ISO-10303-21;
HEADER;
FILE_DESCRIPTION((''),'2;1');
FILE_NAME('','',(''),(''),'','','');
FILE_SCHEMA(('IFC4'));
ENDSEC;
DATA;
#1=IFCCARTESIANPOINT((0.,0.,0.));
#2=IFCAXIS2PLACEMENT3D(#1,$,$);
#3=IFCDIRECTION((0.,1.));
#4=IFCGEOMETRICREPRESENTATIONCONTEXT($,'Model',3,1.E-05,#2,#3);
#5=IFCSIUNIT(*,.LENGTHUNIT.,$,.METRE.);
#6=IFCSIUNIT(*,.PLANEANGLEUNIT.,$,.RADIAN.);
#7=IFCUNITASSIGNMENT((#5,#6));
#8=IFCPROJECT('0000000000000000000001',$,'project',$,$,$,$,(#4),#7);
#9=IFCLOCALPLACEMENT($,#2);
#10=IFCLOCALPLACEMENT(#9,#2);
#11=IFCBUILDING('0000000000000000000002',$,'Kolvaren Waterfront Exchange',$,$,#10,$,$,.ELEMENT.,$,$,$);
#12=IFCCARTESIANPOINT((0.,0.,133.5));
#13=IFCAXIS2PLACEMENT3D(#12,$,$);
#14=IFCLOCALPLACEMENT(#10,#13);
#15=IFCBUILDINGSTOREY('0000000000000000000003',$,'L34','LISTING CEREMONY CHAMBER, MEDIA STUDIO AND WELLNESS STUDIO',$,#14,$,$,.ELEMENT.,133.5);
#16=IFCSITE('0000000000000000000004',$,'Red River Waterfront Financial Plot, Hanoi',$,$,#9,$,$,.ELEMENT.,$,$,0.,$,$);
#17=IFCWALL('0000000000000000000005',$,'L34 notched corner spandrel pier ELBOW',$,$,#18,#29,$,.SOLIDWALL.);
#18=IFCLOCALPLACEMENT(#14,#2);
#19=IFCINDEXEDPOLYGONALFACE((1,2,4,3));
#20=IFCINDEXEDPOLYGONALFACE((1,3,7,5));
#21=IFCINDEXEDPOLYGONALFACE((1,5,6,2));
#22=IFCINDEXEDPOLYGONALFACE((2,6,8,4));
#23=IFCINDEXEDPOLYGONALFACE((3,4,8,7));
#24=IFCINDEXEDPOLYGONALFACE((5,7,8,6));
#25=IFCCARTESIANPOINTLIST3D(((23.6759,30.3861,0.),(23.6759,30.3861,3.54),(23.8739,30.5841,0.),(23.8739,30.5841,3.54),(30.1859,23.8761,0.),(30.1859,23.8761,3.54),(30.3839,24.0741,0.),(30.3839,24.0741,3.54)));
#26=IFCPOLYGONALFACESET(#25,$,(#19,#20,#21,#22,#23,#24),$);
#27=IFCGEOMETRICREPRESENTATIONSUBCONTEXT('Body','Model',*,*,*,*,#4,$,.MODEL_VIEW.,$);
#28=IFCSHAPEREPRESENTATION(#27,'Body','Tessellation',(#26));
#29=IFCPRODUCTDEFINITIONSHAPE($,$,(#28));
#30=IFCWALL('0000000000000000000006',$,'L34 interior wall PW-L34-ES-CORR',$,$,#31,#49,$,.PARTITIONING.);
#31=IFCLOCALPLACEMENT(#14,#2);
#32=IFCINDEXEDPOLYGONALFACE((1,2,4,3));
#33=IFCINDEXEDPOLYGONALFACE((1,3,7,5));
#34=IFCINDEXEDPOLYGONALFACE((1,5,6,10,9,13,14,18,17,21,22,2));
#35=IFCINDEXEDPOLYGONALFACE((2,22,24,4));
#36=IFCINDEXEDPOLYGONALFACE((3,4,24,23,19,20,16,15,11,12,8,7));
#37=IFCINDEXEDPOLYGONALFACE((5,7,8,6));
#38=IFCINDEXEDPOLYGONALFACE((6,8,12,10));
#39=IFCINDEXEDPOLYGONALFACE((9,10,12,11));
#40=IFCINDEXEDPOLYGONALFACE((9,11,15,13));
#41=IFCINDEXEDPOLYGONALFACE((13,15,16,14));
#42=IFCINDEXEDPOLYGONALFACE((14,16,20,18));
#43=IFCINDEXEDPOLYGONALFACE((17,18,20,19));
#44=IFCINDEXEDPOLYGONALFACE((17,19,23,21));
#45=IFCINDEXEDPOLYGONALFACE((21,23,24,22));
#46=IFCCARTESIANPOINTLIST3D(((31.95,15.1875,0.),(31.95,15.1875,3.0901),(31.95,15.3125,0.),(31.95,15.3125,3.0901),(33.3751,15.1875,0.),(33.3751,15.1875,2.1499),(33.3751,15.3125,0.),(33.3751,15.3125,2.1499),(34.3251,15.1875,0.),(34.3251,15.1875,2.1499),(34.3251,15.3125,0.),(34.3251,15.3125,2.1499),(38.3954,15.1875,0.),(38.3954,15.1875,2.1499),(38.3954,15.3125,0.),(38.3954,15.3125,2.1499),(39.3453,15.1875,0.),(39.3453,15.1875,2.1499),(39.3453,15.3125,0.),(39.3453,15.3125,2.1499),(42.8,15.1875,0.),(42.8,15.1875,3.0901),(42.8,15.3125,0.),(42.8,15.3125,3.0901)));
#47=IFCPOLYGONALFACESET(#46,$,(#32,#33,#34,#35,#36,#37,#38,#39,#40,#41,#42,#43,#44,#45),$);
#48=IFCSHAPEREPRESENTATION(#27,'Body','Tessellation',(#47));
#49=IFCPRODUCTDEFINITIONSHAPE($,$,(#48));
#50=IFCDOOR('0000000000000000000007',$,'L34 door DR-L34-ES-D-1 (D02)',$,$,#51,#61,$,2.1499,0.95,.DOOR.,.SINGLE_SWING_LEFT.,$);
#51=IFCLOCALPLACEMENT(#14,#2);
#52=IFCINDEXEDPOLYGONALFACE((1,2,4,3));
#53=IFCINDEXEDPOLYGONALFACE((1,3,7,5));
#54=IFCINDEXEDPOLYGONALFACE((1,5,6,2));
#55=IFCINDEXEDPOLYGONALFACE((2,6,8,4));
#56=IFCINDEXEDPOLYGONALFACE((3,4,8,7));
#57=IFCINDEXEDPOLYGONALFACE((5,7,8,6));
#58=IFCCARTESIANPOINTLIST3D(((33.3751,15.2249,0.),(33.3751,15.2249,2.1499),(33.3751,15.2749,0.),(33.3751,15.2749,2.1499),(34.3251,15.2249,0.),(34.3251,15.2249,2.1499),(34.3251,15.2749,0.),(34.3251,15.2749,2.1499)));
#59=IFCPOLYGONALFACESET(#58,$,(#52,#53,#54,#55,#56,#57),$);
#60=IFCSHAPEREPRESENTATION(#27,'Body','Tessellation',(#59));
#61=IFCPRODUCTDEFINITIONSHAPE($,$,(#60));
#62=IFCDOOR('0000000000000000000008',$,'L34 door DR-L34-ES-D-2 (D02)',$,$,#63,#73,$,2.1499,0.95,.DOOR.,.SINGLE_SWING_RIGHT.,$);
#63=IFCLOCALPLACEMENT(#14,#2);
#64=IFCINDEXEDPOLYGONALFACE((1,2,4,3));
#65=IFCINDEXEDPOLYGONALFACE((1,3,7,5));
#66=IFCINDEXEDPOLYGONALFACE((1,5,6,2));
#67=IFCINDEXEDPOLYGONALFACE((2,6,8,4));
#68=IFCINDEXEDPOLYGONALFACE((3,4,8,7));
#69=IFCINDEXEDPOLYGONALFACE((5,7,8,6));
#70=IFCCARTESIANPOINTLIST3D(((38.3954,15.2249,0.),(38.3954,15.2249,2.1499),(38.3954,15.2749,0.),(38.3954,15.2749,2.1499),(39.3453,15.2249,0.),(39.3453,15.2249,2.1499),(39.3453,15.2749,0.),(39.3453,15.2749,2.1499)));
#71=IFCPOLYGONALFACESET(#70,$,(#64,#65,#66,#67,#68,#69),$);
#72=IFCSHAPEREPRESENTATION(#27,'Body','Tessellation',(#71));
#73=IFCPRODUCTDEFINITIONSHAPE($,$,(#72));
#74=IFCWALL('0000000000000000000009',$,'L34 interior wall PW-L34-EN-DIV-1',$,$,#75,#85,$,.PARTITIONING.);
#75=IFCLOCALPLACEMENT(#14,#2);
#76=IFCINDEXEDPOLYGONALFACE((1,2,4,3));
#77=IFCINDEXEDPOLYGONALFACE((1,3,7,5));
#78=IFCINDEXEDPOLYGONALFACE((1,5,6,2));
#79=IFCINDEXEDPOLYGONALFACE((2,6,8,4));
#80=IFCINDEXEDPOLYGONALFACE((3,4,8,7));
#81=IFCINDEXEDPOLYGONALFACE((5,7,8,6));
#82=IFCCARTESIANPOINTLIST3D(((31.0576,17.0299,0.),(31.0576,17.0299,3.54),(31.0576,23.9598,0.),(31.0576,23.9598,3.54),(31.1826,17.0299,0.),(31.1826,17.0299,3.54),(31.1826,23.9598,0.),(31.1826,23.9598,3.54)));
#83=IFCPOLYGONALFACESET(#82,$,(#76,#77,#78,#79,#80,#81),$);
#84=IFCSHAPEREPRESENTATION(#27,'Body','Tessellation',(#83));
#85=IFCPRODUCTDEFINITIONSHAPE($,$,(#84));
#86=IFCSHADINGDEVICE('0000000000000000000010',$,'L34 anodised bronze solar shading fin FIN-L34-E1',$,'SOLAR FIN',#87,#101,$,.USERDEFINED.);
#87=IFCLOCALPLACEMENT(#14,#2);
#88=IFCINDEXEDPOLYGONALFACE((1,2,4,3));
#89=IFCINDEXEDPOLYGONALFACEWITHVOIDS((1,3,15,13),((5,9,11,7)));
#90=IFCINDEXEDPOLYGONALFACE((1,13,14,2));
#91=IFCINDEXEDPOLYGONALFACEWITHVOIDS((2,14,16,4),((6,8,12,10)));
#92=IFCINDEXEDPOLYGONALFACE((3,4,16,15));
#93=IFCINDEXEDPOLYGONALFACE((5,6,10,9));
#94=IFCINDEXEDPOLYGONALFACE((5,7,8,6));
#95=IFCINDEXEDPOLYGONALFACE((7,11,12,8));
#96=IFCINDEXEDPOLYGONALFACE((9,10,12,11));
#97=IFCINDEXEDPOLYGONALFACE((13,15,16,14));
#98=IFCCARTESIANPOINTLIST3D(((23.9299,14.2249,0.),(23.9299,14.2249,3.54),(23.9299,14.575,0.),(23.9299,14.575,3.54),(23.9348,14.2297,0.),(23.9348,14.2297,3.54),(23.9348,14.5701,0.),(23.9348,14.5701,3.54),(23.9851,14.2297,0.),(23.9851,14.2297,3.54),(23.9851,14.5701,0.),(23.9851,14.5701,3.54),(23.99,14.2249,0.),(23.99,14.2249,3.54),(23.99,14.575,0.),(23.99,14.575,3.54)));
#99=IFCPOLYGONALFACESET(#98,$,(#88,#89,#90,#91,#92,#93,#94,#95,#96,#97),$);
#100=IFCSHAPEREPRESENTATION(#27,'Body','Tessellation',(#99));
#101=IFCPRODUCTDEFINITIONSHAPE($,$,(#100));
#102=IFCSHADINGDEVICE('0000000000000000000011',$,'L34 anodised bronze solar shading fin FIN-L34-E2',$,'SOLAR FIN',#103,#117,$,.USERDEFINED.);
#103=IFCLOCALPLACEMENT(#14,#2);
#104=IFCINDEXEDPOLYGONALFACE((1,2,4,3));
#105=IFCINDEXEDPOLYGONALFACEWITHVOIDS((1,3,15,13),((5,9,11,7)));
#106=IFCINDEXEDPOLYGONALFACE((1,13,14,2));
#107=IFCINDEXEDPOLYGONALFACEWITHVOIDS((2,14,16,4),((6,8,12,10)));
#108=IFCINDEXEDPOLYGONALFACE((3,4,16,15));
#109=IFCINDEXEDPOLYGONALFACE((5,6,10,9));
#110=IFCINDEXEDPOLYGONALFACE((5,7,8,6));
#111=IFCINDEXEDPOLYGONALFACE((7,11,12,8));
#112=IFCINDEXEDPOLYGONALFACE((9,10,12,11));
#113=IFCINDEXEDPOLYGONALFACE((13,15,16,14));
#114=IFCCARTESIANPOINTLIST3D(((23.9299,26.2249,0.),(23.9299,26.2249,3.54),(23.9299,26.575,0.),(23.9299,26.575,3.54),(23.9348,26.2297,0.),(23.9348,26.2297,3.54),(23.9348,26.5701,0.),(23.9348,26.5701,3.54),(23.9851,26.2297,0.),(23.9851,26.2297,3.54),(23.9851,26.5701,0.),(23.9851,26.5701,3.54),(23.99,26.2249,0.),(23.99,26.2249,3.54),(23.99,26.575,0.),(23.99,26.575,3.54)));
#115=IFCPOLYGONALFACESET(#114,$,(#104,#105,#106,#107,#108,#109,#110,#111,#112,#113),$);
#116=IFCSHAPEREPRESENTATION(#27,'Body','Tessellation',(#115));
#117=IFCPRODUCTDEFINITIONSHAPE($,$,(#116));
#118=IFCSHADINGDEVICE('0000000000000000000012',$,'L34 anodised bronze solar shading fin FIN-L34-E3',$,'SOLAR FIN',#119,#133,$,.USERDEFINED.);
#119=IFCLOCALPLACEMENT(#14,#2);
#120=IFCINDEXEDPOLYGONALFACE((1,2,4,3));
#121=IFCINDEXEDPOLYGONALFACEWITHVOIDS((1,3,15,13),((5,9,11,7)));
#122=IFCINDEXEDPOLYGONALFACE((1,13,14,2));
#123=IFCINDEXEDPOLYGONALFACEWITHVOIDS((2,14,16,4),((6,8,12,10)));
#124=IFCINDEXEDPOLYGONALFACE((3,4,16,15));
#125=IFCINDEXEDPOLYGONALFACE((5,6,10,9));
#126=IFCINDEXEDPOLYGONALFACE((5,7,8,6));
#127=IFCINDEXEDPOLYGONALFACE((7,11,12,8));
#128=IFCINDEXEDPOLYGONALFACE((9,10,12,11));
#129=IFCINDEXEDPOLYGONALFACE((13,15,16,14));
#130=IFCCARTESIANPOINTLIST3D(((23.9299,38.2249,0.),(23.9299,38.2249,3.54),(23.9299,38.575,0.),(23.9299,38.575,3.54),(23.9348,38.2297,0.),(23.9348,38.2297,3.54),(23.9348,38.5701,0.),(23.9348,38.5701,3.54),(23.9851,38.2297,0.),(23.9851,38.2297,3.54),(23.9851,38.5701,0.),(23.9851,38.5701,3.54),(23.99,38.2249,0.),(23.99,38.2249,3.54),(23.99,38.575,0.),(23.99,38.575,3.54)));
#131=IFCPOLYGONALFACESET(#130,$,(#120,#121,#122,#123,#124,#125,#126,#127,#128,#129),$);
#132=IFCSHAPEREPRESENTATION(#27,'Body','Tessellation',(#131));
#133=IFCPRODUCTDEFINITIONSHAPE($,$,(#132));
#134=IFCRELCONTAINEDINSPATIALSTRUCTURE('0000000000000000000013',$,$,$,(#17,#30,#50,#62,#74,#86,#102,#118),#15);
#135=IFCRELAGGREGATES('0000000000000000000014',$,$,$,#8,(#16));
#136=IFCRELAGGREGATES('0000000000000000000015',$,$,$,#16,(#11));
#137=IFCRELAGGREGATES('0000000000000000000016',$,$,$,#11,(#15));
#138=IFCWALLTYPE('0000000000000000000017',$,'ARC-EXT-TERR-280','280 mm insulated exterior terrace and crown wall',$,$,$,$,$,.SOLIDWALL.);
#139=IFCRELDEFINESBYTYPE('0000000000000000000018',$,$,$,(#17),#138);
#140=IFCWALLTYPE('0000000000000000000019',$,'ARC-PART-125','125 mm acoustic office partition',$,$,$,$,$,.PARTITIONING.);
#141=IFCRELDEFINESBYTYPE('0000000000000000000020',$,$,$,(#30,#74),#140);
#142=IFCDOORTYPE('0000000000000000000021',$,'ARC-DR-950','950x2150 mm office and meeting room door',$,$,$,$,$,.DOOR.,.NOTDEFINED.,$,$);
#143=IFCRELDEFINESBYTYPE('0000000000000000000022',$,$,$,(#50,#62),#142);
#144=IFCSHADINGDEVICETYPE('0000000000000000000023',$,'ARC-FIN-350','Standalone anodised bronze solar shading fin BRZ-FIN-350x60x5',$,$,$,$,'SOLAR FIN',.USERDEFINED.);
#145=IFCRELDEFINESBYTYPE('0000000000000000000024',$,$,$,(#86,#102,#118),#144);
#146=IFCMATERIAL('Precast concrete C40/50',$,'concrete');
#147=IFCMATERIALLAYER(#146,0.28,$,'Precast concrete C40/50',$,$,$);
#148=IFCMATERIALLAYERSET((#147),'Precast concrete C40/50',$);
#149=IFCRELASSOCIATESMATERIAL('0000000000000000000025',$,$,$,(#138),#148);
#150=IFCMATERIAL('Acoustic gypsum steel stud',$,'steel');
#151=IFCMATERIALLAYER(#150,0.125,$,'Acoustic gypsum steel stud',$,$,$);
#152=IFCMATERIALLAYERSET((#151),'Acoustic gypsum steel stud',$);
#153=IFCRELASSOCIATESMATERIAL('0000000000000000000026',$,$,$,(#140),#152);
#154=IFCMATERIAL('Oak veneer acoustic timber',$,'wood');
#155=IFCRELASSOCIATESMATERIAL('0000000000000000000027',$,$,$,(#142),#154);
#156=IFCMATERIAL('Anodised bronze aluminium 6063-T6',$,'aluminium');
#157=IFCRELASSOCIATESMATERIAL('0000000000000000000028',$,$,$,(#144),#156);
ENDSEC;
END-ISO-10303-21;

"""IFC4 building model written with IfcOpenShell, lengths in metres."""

from ifc_helpers import new_model, si_unit, direction, frame, frame_2d, origin, origin_2d, place, context, subcontext, project, spatial, rectangle, hollow_rectangle, extrude, material, layer, layer_set, material_profile, profile_set, type_object, element, fill, save


model = new_model("IFC4")

# Units and contexts
model_context = context("Model", 3, precision=1e-05, world=origin(), true_north=direction((0.0, 1.0)))
body_context = subcontext(model_context, "Body", "Model", "MODEL_VIEW")
ifc_project = project(units=[si_unit("LENGTHUNIT", "METRE"), si_unit("PLANEANGLEUNIT", "RADIAN")], contexts=[model_context])

# Site, building, storey
site_placement = place(None, origin())
site = spatial("IfcSite", under=ifc_project, at=site_placement, Name="Red River Waterfront Financial Plot, Hanoi", CompositionType="ELEMENT", RefElevation=0.0)
building_placement = place(site_placement, origin())
building = spatial("IfcBuilding", under=site, at=building_placement, Name="Kolvaren Waterfront Exchange", CompositionType="ELEMENT")
storey_placement = place(building_placement, frame((0.0, 0.0, 133.5)))
storey = spatial("IfcBuildingStorey", under=building, at=storey_placement, Name="L34", Description="LISTING CEREMONY CHAMBER, MEDIA STUDIO AND WELLNESS STUDIO", CompositionType="ELEMENT", Elevation=133.5)

# Shared definitions
ifc_material_1 = material(Name="Anodised bronze aluminium 6063-T6", Category="aluminium")

# Wall
ifc_material_2 = material(Name="Precast concrete C40/50", Category="concrete")
ifc_layer_1 = layer(ifc_material_2, 0.28, Name="Precast concrete C40/50")
ifc_layer_set_1 = layer_set([ifc_layer_1], Name="Precast concrete C40/50")
wall_type_1 = type_object("IfcWallType", Name="ARC-EXT-TERR-280", Description="280 mm insulated exterior terrace and crown wall", PredefinedType="SOLIDWALL", material=ifc_layer_set_1)
wall_1_placement = place(storey_placement, frame((30.2849, 23.9751, 0.0), z_axis=(0.0, 0.0, 1.0), x_axis=(-0.707107, 0.707107, 0.0)))
element("IfcWall", 1, at=wall_1_placement, inside=storey, type_object=wall_type_1, Name="L34 notched corner spandrel pier ELBOW", PredefinedType="SOLIDWALL", context=body_context, shape_type="SweptSolid", body=[
    extrude(rectangle(XDim=9.2065, YDim=0.28, at=frame_2d((4.6033, 0.0))), origin(), (0.0, 0.0, 1.0), 3.54),
])

# Wall, openings, doors
ifc_material_3 = material(Name="Acoustic gypsum steel stud", Category="steel")
ifc_layer_2 = layer(ifc_material_3, 0.125, Name="Acoustic gypsum steel stud")
ifc_layer_set_2 = layer_set([ifc_layer_2], Name="Acoustic gypsum steel stud")
wall_type_2 = type_object("IfcWallType", Name="ARC-PART-125", Description="125 mm acoustic office partition", PredefinedType="PARTITIONING", material=ifc_layer_set_2)
wall_2_placement = place(storey_placement, frame((31.95, 15.25, 0.0), z_axis=(0.0, 0.0, 1.0), x_axis=(1.0, 0.0, 0.0)))
wall_2 = element("IfcWall", 2, at=wall_2_placement, inside=storey, type_object=wall_type_2, Name="L34 interior wall PW-L34-ES-CORR", PredefinedType="PARTITIONING", context=body_context, shape_type="SweptSolid", body=[
    extrude(rectangle(XDim=10.8501, YDim=0.125, at=frame_2d((5.425, 0.0))), origin(), (0.0, 0.0, 1.0), 3.0901),
])
opening_1_placement = place(wall_2_placement, frame((1.425, 0.0, 0.0)))
opening_1 = element("IfcOpeningElement", 3, at=opening_1_placement, cuts=wall_2, PredefinedType="OPENING", context=body_context, shape_type="SweptSolid", body=[
    extrude(rectangle(XDim=0.95, YDim=2.1499, at=frame_2d((0.4751, 1.075))), frame((0.0, 0.0725, 0.0), z_axis=(0.0, -1.0, 0.0), x_axis=(1.0, 0.0, 0.0)), (0.0, 0.0, 1.0), 0.145),
])
opening_2_placement = place(wall_2_placement, frame((6.4453, 0.0, 0.0)))
opening_2 = element("IfcOpeningElement", 4, at=opening_2_placement, cuts=wall_2, PredefinedType="OPENING", context=body_context, shape_type="SweptSolid", body=[
    extrude(rectangle(XDim=0.95, YDim=2.1499, at=frame_2d((0.4751, 1.075))), frame((0.0, 0.0725, 0.0), z_axis=(0.0, -1.0, 0.0), x_axis=(1.0, 0.0, 0.0)), (0.0, 0.0, 1.0), 0.145),
])
ifc_material_4 = material(Name="Oak veneer acoustic timber", Category="wood")
door_type = type_object("IfcDoorType", Name="ARC-DR-950", Description="950x2150 mm office and meeting room door", OperationType="NOTDEFINED", PredefinedType="DOOR", material=ifc_material_4)
door_1_placement = place(opening_1_placement, origin())
door_1 = element("IfcDoor", 5, at=door_1_placement, inside=storey, type_object=door_type, Name="L34 door DR-L34-ES-D-1 (D02)", OperationType="SINGLE_SWING_LEFT", OverallHeight=2.1499, OverallWidth=0.95, PredefinedType="DOOR", context=body_context, shape_type="SweptSolid", body=[
    extrude(rectangle(XDim=0.95, YDim=2.1499, at=frame_2d((0.4751, 1.075))), frame((0.0, 0.0249, 0.0), z_axis=(0.0, -1.0, 0.0), x_axis=(1.0, 0.0, 0.0)), (0.0, 0.0, 1.0), 0.05),
])
fill(opening_1, door_1)
door_2_placement = place(opening_2_placement, origin())
door_2 = element("IfcDoor", 6, at=door_2_placement, inside=storey, type_object=door_type, Name="L34 door DR-L34-ES-D-2 (D02)", OperationType="SINGLE_SWING_RIGHT", OverallHeight=2.1499, OverallWidth=0.95, PredefinedType="DOOR", context=body_context, shape_type="SweptSolid", body=[
    extrude(rectangle(XDim=0.95, YDim=2.1499, at=frame_2d((0.4751, 1.075))), frame((0.0, 0.0249, 0.0), z_axis=(0.0, -1.0, 0.0), x_axis=(1.0, 0.0, 0.0)), (0.0, 0.0, 1.0), 0.05),
])
fill(opening_2, door_2)

# Wall
wall_3_placement = place(storey_placement, frame((31.1201, 17.03, 0.0), z_axis=(0.0, 0.0, 1.0), x_axis=(0.0, 1.0, 0.0)))
element("IfcWall", 7, at=wall_3_placement, inside=storey, type_object=wall_type_2, Name="L34 interior wall PW-L34-EN-DIV-1", PredefinedType="PARTITIONING", context=body_context, shape_type="SweptSolid", body=[
    extrude(rectangle(XDim=6.9299, YDim=0.125, at=frame_2d((3.4648, 0.0))), origin(), (0.0, 0.0, 1.0), 3.54),
])

# Shading devices
ifc_material_profile_1 = material_profile(ifc_material_1, hollow_rectangle(XDim=0.0601, YDim=0.3501, WallThickness=0.0049, at=origin_2d()), Name="BRZ-FIN-350x60x5")
ifc_profile_set_1 = profile_set([ifc_material_profile_1], Name="Anodised bronze aluminium 6063-T6")
shading_device_type = type_object("IfcShadingDeviceType", Name="ARC-FIN-350", Description="Standalone anodised bronze solar shading fin BRZ-FIN-350x60x5", ElementType="SOLAR FIN", PredefinedType="USERDEFINED", material=ifc_profile_set_1)
for number, where, z_axis, x_axis, name in (
    (8, (23.96, 14.3999, 0.0), (0.0, 0.0, 1.0), (1.0, 0.0, 0.0), "L34 anodised bronze solar shading fin FIN-L34-E1"),
    (9, (23.96, 26.3999, 0.0), (0.0, 0.0, 1.0), (1.0, 0.0, 0.0), "L34 anodised bronze solar shading fin FIN-L34-E2"),
    (10, (23.96, 38.3999, 0.0), (0.0, 0.0, 1.0), (1.0, 0.0, 0.0), "L34 anodised bronze solar shading fin FIN-L34-E3"),
):
    element("IfcShadingDevice", number, at=place(storey_placement, frame(where, z_axis=z_axis, x_axis=x_axis)), inside=storey, type_object=shading_device_type, Name=name, ObjectType="SOLAR FIN", PredefinedType="USERDEFINED", context=body_context, shape_type="SweptSolid", body=[
        extrude(hollow_rectangle(XDim=0.0601, YDim=0.3501, WallThickness=0.0049, at=origin_2d()), origin(), (0.0, 0.0, 1.0), 3.54),
    ])

save(model, "model.ifc")
